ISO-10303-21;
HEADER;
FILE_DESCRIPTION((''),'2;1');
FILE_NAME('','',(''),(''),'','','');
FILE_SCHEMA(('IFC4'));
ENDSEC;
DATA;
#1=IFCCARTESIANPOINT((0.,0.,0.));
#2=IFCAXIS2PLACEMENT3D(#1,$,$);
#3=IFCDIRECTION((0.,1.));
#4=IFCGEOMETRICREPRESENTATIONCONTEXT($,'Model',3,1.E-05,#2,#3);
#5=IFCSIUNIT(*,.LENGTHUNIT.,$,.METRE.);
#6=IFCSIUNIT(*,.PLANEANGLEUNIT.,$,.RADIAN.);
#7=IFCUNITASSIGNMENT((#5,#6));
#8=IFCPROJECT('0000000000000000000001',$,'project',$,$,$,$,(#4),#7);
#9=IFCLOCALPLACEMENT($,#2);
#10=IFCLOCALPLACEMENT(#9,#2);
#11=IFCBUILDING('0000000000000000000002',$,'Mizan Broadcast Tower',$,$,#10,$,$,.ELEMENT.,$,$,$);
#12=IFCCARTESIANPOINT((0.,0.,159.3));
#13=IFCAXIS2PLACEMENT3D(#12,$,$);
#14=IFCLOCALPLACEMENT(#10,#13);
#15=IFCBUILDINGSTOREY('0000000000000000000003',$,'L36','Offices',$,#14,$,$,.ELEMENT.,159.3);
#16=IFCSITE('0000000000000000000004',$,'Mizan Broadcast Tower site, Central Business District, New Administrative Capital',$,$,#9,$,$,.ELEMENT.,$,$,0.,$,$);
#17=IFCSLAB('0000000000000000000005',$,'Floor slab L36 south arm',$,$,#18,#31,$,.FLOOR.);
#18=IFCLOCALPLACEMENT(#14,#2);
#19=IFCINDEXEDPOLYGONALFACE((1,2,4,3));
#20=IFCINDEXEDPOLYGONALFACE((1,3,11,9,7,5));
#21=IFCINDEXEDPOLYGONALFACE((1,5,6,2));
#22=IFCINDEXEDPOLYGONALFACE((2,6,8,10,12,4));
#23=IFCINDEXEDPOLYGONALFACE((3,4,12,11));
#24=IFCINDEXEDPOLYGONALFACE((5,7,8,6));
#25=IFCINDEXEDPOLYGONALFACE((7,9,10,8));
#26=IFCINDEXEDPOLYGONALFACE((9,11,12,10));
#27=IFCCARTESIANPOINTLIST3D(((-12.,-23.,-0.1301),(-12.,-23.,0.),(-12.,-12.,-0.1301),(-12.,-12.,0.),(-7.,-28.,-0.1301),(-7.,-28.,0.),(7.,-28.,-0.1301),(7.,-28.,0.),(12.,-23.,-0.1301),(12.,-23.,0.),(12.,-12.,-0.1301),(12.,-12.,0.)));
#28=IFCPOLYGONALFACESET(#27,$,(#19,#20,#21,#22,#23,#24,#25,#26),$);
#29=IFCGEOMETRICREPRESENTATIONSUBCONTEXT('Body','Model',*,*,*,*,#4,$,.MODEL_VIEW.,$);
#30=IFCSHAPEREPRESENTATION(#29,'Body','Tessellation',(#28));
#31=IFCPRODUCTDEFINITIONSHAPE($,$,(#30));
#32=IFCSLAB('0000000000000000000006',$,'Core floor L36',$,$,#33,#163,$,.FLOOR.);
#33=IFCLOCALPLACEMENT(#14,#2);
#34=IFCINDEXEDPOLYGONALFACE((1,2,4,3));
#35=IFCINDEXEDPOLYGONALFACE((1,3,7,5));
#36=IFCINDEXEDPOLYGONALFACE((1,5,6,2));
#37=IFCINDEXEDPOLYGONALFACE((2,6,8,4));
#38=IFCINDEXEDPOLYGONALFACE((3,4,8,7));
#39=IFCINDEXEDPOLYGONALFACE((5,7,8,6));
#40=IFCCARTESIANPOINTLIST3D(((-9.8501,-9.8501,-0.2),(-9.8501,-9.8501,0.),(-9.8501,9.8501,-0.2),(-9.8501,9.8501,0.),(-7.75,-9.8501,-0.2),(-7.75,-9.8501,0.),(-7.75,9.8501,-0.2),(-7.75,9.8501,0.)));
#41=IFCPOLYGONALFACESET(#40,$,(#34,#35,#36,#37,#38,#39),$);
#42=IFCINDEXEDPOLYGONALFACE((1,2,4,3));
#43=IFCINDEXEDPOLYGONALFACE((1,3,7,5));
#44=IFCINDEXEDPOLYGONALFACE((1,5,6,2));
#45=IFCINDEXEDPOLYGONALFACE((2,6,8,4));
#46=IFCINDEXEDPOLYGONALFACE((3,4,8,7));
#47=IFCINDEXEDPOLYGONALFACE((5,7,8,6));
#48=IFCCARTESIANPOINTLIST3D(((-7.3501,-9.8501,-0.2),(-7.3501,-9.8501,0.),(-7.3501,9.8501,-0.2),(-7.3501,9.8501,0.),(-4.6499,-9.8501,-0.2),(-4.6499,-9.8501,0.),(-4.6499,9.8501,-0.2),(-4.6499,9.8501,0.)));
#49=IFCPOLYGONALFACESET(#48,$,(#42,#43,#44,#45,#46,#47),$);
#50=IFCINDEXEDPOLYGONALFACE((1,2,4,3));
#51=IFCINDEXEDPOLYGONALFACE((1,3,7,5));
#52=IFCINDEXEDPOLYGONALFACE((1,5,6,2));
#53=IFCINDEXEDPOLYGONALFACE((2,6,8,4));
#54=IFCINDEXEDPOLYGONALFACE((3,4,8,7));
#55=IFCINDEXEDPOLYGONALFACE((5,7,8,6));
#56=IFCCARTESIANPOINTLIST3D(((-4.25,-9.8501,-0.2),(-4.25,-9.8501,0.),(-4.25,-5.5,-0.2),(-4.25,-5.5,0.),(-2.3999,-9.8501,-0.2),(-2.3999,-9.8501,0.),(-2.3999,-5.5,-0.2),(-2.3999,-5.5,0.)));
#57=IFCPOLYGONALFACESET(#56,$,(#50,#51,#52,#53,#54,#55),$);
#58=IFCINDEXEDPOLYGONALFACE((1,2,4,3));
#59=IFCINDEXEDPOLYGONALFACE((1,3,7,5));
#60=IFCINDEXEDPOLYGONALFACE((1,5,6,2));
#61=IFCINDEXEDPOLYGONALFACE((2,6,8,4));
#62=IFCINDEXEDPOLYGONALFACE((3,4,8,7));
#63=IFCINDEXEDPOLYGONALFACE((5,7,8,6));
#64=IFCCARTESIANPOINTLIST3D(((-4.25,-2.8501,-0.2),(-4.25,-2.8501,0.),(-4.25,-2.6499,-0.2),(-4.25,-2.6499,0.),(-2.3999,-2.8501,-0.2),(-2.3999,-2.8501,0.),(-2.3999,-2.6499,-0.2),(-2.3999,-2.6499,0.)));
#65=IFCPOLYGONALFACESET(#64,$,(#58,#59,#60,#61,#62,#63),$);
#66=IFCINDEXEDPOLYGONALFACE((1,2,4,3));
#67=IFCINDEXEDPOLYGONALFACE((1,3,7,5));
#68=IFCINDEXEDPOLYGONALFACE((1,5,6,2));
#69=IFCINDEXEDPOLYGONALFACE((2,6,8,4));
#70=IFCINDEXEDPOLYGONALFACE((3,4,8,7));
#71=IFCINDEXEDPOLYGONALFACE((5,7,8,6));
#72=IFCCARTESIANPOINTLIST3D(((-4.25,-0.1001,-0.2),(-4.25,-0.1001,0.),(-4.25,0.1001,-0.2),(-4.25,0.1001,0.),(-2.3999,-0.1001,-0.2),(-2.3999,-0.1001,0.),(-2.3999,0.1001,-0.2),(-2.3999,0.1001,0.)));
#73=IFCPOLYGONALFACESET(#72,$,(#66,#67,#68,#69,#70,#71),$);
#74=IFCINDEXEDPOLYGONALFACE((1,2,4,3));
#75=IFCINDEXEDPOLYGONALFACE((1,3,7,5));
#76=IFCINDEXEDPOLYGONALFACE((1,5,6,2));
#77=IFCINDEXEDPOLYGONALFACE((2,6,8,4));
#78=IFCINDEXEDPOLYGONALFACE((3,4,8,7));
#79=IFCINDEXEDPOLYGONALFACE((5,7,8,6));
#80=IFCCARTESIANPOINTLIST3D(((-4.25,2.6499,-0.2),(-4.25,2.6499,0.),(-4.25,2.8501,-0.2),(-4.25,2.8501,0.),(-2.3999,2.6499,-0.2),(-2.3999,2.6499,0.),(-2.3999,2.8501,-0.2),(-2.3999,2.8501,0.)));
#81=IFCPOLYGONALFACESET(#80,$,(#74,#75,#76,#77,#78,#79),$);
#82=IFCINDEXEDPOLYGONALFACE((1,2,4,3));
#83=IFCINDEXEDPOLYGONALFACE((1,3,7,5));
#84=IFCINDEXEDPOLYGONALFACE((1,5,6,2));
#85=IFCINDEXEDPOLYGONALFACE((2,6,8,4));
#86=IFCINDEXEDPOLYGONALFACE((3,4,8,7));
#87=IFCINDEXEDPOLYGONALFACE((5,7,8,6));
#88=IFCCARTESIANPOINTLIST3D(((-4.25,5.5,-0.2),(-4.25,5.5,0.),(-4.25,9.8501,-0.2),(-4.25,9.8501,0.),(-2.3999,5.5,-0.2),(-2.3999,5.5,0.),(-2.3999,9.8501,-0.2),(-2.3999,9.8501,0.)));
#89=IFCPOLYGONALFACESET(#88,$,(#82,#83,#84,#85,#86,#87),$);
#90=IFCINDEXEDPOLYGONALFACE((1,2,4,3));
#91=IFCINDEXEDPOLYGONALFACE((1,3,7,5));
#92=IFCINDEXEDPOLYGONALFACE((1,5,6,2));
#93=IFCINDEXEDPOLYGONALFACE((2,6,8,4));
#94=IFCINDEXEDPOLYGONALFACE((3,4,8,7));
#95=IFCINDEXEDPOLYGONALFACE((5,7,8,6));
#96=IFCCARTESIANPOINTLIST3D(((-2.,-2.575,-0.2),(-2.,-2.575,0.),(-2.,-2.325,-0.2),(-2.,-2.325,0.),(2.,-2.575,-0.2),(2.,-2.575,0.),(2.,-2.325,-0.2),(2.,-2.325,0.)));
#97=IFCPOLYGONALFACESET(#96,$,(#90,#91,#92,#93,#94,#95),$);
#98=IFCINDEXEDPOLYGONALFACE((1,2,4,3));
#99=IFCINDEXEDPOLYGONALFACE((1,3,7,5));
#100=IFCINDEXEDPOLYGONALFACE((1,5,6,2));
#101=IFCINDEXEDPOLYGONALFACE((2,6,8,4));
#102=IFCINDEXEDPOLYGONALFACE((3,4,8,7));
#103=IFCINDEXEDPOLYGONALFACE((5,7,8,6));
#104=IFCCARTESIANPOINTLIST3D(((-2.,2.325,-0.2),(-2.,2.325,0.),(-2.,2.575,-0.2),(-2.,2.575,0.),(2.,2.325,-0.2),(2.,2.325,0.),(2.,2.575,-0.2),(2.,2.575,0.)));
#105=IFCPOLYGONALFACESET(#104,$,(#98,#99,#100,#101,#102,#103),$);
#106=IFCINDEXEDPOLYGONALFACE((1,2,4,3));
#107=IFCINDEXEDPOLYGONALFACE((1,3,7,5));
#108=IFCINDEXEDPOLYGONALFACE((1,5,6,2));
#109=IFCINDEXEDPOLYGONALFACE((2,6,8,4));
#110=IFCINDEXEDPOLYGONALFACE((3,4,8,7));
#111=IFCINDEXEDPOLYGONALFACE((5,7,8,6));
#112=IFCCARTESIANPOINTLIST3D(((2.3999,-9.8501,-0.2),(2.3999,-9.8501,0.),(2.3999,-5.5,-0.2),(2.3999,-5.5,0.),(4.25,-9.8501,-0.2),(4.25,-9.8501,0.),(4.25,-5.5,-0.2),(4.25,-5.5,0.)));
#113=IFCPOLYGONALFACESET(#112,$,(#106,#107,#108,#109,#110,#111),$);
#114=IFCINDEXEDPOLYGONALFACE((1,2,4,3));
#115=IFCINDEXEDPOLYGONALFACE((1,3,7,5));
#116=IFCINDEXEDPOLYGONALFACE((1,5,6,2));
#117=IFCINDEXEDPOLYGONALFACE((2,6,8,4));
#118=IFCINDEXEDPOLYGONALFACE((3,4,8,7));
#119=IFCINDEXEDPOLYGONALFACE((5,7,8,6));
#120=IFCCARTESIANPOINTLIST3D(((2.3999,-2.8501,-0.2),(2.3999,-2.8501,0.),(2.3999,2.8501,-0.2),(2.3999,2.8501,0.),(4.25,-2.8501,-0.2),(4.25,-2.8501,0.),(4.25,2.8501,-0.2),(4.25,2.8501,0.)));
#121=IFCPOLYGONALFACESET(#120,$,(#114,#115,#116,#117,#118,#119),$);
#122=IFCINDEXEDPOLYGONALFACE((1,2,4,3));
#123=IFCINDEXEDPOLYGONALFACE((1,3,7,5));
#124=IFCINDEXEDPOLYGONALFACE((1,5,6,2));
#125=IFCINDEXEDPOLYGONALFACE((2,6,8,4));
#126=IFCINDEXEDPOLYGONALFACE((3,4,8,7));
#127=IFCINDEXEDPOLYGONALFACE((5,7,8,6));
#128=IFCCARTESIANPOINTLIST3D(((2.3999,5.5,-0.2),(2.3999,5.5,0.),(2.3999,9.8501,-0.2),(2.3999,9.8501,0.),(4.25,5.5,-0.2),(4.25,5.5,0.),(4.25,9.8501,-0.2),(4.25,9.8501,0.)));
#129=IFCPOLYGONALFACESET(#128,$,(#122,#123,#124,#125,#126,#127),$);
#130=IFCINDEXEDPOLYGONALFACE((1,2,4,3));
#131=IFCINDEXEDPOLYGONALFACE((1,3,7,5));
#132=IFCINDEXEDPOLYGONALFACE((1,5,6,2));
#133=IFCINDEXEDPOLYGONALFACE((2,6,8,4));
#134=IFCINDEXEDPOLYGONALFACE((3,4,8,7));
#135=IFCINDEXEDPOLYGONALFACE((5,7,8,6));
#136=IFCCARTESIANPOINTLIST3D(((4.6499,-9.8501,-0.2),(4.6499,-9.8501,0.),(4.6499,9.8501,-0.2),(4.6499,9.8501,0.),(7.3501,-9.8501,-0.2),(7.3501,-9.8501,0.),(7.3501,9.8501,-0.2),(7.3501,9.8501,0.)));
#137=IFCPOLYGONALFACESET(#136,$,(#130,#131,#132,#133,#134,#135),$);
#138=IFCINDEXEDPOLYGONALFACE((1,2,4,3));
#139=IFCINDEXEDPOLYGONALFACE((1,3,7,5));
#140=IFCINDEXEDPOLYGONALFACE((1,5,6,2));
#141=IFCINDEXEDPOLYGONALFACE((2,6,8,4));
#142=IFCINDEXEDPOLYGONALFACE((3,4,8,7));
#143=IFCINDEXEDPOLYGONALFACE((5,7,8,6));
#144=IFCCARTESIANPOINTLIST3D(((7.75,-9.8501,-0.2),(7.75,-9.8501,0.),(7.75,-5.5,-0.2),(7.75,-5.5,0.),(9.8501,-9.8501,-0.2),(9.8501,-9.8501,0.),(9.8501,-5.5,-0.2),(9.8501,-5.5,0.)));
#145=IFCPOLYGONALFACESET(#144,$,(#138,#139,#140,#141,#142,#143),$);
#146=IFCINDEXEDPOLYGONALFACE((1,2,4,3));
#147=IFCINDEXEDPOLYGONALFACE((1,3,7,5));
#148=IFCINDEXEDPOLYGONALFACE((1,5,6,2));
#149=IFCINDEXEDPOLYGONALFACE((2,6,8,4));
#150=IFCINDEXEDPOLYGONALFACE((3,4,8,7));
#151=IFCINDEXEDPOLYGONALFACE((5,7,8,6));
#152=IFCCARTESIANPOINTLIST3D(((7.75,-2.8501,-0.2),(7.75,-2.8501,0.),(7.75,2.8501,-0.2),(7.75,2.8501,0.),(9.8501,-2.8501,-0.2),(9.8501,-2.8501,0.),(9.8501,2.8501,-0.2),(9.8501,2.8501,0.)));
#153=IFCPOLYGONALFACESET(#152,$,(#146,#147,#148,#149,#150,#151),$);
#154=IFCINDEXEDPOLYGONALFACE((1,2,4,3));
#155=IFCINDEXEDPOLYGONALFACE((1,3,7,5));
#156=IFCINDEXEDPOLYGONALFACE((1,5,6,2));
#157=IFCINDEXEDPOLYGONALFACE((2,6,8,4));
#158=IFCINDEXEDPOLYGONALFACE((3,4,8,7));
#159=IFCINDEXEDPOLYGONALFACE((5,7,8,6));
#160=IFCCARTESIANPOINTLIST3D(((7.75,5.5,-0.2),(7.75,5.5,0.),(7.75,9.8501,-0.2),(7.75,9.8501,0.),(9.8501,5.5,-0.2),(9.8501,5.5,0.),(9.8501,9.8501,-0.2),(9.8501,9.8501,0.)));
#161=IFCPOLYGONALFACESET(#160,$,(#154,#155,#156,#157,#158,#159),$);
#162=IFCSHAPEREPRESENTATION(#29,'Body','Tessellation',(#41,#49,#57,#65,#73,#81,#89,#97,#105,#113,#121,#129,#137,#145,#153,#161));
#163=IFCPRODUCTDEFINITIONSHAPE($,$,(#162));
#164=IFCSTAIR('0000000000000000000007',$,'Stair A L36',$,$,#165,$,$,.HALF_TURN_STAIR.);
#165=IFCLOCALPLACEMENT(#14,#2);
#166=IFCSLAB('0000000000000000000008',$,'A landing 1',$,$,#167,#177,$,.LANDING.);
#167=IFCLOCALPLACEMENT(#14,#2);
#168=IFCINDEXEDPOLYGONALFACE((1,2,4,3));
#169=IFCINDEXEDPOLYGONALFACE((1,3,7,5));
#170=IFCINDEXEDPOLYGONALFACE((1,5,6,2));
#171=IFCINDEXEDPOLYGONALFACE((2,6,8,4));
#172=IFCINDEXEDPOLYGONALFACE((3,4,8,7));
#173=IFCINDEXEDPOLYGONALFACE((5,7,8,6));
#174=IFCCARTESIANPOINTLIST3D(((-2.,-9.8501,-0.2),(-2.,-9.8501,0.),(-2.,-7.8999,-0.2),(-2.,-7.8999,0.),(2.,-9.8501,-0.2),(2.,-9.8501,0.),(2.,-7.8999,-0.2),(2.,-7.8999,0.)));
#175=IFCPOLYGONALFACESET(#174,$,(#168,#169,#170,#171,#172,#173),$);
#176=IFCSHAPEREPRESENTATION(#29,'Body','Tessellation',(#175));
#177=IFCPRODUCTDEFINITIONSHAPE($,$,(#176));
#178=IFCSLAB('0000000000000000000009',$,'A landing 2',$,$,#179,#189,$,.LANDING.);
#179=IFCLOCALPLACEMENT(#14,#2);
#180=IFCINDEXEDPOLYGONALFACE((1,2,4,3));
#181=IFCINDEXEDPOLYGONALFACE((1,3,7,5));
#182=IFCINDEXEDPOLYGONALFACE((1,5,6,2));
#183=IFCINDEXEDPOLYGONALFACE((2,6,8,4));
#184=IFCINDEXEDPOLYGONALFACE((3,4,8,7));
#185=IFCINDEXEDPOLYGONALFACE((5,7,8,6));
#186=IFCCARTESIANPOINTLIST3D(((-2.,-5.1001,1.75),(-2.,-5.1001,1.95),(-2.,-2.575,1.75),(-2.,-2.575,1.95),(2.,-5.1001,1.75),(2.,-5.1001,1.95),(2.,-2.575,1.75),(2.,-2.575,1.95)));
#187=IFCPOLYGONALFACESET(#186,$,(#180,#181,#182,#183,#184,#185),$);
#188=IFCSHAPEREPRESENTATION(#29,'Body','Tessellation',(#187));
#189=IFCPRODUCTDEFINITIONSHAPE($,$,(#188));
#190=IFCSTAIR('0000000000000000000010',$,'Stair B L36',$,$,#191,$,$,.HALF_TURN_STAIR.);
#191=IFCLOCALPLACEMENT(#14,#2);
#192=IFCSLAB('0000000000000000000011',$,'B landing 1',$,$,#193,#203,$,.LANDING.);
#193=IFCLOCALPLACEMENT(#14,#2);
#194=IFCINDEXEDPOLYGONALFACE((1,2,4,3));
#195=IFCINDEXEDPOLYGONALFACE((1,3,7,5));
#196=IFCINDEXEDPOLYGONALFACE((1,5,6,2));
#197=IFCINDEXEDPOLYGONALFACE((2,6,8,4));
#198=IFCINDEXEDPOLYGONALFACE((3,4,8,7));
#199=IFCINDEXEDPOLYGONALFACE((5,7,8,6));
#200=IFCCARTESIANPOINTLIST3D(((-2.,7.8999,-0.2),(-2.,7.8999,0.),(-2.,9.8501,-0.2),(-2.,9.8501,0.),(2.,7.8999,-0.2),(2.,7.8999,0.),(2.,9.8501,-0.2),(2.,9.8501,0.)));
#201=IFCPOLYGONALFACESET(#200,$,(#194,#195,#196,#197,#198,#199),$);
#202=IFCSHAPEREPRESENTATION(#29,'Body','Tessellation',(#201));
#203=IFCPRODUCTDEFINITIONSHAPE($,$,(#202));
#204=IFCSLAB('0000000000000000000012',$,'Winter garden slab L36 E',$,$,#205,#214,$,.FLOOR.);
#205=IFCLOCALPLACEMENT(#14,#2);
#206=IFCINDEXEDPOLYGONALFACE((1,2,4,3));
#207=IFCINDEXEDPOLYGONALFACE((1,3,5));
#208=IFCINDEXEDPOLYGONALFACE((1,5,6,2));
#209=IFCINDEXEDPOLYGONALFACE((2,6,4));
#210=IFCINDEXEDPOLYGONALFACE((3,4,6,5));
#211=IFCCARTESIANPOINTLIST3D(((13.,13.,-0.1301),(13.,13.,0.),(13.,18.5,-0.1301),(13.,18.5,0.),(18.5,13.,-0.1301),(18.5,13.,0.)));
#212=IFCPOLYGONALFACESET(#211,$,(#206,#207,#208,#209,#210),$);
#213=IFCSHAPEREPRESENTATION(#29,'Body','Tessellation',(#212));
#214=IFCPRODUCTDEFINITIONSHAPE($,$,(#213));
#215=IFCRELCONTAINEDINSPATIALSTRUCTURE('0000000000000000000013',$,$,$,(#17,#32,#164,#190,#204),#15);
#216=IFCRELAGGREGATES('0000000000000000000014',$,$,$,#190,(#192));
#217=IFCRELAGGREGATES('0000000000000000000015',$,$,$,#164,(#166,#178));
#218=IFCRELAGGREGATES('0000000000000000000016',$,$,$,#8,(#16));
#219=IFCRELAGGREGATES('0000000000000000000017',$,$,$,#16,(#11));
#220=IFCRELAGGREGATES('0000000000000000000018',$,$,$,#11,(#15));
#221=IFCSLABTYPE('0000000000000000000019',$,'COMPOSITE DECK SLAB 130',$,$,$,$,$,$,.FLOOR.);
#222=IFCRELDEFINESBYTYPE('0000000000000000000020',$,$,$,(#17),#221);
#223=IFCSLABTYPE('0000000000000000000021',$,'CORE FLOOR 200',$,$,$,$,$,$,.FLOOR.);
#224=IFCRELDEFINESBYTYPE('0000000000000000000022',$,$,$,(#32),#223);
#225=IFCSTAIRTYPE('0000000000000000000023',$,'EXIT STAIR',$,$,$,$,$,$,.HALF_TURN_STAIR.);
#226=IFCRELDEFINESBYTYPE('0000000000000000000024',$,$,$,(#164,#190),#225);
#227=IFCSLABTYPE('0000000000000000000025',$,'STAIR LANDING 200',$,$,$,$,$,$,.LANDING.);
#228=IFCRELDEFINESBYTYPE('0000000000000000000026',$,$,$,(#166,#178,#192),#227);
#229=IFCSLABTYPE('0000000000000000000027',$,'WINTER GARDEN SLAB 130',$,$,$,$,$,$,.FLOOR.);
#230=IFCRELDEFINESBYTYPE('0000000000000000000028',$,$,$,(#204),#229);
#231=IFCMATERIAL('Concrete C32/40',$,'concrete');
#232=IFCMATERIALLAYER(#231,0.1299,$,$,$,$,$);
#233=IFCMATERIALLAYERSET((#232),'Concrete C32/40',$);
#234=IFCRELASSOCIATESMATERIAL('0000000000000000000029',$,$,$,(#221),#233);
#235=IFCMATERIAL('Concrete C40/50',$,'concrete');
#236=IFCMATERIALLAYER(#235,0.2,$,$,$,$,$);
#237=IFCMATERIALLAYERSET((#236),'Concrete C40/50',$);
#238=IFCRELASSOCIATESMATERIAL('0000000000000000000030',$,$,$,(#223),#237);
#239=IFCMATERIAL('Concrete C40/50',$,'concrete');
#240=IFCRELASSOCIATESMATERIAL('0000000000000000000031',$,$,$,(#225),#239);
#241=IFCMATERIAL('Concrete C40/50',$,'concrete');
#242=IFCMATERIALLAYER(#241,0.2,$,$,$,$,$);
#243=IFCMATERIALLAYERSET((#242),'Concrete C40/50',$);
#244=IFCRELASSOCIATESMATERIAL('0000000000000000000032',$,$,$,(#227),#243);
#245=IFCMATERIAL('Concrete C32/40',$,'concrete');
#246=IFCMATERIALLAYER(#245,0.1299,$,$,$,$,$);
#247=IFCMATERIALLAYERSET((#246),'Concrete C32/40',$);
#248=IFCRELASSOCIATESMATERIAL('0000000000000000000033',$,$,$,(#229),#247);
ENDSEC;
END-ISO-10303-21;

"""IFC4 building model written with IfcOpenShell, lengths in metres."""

from ifc_helpers import new_model, si_unit, direction, frame, origin, place, context, subcontext, project, spatial, polyline, outline, extrude, material, layer, layer_set, type_object, element, aggregate, save


model = new_model("IFC4")

# Units and contexts
model_context = context("Model", 3, precision=1e-05, world=origin(), true_north=direction((0.0, 1.0)))
body_context = subcontext(model_context, "Body", "Model", "MODEL_VIEW")
ifc_project = project(units=[si_unit("LENGTHUNIT", "METRE"), si_unit("PLANEANGLEUNIT", "RADIAN")], contexts=[model_context])

# Site, building, storey
site_placement = place(None, origin())
site = spatial("IfcSite", under=ifc_project, at=site_placement, Name="Mizan Broadcast Tower site, Central Business District, New Administrative Capital", CompositionType="ELEMENT", RefElevation=0.0)
building_placement = place(site_placement, origin())
building = spatial("IfcBuilding", under=site, at=building_placement, Name="Mizan Broadcast Tower", CompositionType="ELEMENT")
storey_placement = place(building_placement, frame((0.0, 0.0, 159.3)))
storey = spatial("IfcBuildingStorey", under=building, at=storey_placement, Name="L36", Description="Offices", CompositionType="ELEMENT", Elevation=159.3)

# Slabs
ifc_material_1 = material(Name="Concrete C32/40", Category="concrete")
ifc_layer_1 = layer(ifc_material_1, 0.1299)
ifc_layer_set_1 = layer_set([ifc_layer_1], Name="Concrete C32/40")
slab_type_1 = type_object("IfcSlabType", Name="COMPOSITE DECK SLAB 130", PredefinedType="FLOOR", material=ifc_layer_set_1)
slab_1_placement = place(storey_placement, frame((0.0, 0.0, -0.1301)))
element("IfcSlab", 1, at=slab_1_placement, inside=storey, type_object=slab_type_1, Name="Floor slab L36 south arm", PredefinedType="FLOOR", context=body_context, shape_type="SweptSolid", body=[
    extrude(outline(polyline([(7.0, -28.0), (12.0, -23.0), (12.0, -12.0), (-12.0, -12.0), (-12.0, -23.0), (-7.0, -28.0), (7.0, -28.0)])), origin(), (0.0, 0.0, 1.0), 0.1301),
])
ifc_material_2 = material(Name="Concrete C40/50", Category="concrete")
ifc_layer_2 = layer(ifc_material_2, 0.2)
ifc_layer_set_2 = layer_set([ifc_layer_2], Name="Concrete C40/50")
slab_type_2 = type_object("IfcSlabType", Name="CORE FLOOR 200", PredefinedType="FLOOR", material=ifc_layer_set_2)
slab_2_placement = place(storey_placement, frame((0.0, 0.0, -0.2)))
element("IfcSlab", 2, at=slab_2_placement, inside=storey, type_object=slab_type_2, Name="Core floor L36", PredefinedType="FLOOR", context=body_context, shape_type="SweptSolid", body=[
    extrude(outline(polyline([(-9.8501, -9.8501), (-7.75, -9.8501), (-7.75, 9.8501), (-9.8501, 9.8501), (-9.8501, -9.8501)])), origin(), (0.0, 0.0, 1.0), 0.2),
    extrude(outline(polyline([(-4.6499, 9.8501), (-7.3501, 9.8501), (-7.3501, -9.8501), (-4.6499, -9.8501), (-4.6499, 9.8501)])), origin(), (0.0, 0.0, 1.0), 0.2),
    extrude(outline(polyline([(-4.25, -5.5), (-4.25, -9.8501), (-2.3999, -9.8501), (-2.3999, -5.5), (-4.25, -5.5)])), origin(), (0.0, 0.0, 1.0), 0.2),
    extrude(outline(polyline([(-4.25, -2.8501), (-2.3999, -2.8501), (-2.3999, -2.6499), (-4.25, -2.6499), (-4.25, -2.8501)])), origin(), (0.0, 0.0, 1.0), 0.2),
    extrude(outline(polyline([(-4.25, -0.1001), (-2.3999, -0.1001), (-2.3999, 0.1001), (-4.25, 0.1001), (-4.25, -0.1001)])), origin(), (0.0, 0.0, 1.0), 0.2),
    extrude(outline(polyline([(-4.25, 2.6499), (-2.3999, 2.6499), (-2.3999, 2.8501), (-4.25, 2.8501), (-4.25, 2.6499)])), origin(), (0.0, 0.0, 1.0), 0.2),
    extrude(outline(polyline([(-4.25, 5.5), (-2.3999, 5.5), (-2.3999, 9.8501), (-4.25, 9.8501), (-4.25, 5.5)])), origin(), (0.0, 0.0, 1.0), 0.2),
    extrude(outline(polyline([(2.0, -2.325), (-2.0, -2.325), (-2.0, -2.575), (2.0, -2.575), (2.0, -2.325)])), origin(), (0.0, 0.0, 1.0), 0.2),
    extrude(outline(polyline([(2.0, 2.575), (-2.0, 2.575), (-2.0, 2.325), (2.0, 2.325), (2.0, 2.575)])), origin(), (0.0, 0.0, 1.0), 0.2),
    extrude(outline(polyline([(4.25, -9.8501), (4.25, -5.5), (2.3999, -5.5), (2.3999, -9.8501), (4.25, -9.8501)])), origin(), (0.0, 0.0, 1.0), 0.2),
    extrude(outline(polyline([(4.25, -2.8501), (4.25, 2.8501), (2.3999, 2.8501), (2.3999, -2.8501), (4.25, -2.8501)])), origin(), (0.0, 0.0, 1.0), 0.2),
    extrude(outline(polyline([(4.25, 5.5), (4.25, 9.8501), (2.3999, 9.8501), (2.3999, 5.5), (4.25, 5.5)])), origin(), (0.0, 0.0, 1.0), 0.2),
    extrude(outline(polyline([(4.6499, 9.8501), (4.6499, -9.8501), (7.3501, -9.8501), (7.3501, 9.8501), (4.6499, 9.8501)])), origin(), (0.0, 0.0, 1.0), 0.2),
    extrude(outline(polyline([(9.8501, -9.8501), (9.8501, -5.5), (7.75, -5.5), (7.75, -9.8501), (9.8501, -9.8501)])), origin(), (0.0, 0.0, 1.0), 0.2),
    extrude(outline(polyline([(7.75, -2.8501), (9.8501, -2.8501), (9.8501, 2.8501), (7.75, 2.8501), (7.75, -2.8501)])), origin(), (0.0, 0.0, 1.0), 0.2),
    extrude(outline(polyline([(9.8501, 5.5), (9.8501, 9.8501), (7.75, 9.8501), (7.75, 5.5), (9.8501, 5.5)])), origin(), (0.0, 0.0, 1.0), 0.2),
])

# Stair, slabs
ifc_material_3 = material(Name="Concrete C40/50", Category="concrete")
stair_type = type_object("IfcStairType", Name="EXIT STAIR", PredefinedType="HALF_TURN_STAIR", material=ifc_material_3)
stair_1_placement = place(storey_placement, origin())
stair_1 = element("IfcStair", 3, at=stair_1_placement, inside=storey, type_object=stair_type, Name="Stair A L36", PredefinedType="HALF_TURN_STAIR")
ifc_material_4 = material(Name="Concrete C40/50", Category="concrete")
ifc_layer_3 = layer(ifc_material_4, 0.2)
ifc_layer_set_3 = layer_set([ifc_layer_3], Name="Concrete C40/50")
slab_type_3 = type_object("IfcSlabType", Name="STAIR LANDING 200", PredefinedType="LANDING", material=ifc_layer_set_3)
slab_3_placement = place(storey_placement, frame((0.0, 0.0, -0.2)))
slab_3 = element("IfcSlab", 4, at=slab_3_placement, type_object=slab_type_3, Name="A landing 1", PredefinedType="LANDING", context=body_context, shape_type="SweptSolid", body=[
    extrude(outline(polyline([(-2.0, -9.8501), (-2.0, -7.8999), (2.0, -7.8999), (2.0, -9.8501), (-2.0, -9.8501)])), origin(), (0.0, 0.0, 1.0), 0.2),
])
slab_4_placement = place(storey_placement, frame((0.0, 0.0, 1.75)))
slab_4 = element("IfcSlab", 5, at=slab_4_placement, type_object=slab_type_3, Name="A landing 2", PredefinedType="LANDING", context=body_context, shape_type="SweptSolid", body=[
    extrude(outline(polyline([(-2.0, -5.1001), (-2.0, -2.575), (2.0, -2.575), (2.0, -5.1001), (-2.0, -5.1001)])), origin(), (0.0, 0.0, 1.0), 0.2),
])

# Stair, slab
stair_2_placement = place(storey_placement, origin())
stair_2 = element("IfcStair", 6, at=stair_2_placement, inside=storey, type_object=stair_type, Name="Stair B L36", PredefinedType="HALF_TURN_STAIR")
slab_5_placement = place(storey_placement, frame((0.0, 0.0, -0.2)))
slab_5 = element("IfcSlab", 7, at=slab_5_placement, type_object=slab_type_3, Name="B landing 1", PredefinedType="LANDING", context=body_context, shape_type="SweptSolid", body=[
    extrude(outline(polyline([(2.0, 9.8501), (2.0, 7.8999), (-2.0, 7.8999), (-2.0, 9.8501), (2.0, 9.8501)])), origin(), (0.0, 0.0, 1.0), 0.2),
])
aggregate(stair_2, [slab_5])

# Slab
ifc_material_5 = material(Name="Concrete C32/40", Category="concrete")
ifc_layer_4 = layer(ifc_material_5, 0.1299)
ifc_layer_set_4 = layer_set([ifc_layer_4], Name="Concrete C32/40")
slab_type_4 = type_object("IfcSlabType", Name="WINTER GARDEN SLAB 130", PredefinedType="FLOOR", material=ifc_layer_set_4)
slab_6_placement = place(storey_placement, frame((0.0, 0.0, -0.1301)))
element("IfcSlab", 8, at=slab_6_placement, inside=storey, type_object=slab_type_4, Name="Winter garden slab L36 E", PredefinedType="FLOOR", context=body_context, shape_type="SweptSolid", body=[
    extrude(outline(polyline([(13.0, 13.0), (18.5, 13.0), (13.0, 18.5), (13.0, 13.0)])), origin(), (0.0, 0.0, 1.0), 0.1301),
])

aggregate(stair_1, [slab_3, slab_4])

save(model, "model.ifc")
